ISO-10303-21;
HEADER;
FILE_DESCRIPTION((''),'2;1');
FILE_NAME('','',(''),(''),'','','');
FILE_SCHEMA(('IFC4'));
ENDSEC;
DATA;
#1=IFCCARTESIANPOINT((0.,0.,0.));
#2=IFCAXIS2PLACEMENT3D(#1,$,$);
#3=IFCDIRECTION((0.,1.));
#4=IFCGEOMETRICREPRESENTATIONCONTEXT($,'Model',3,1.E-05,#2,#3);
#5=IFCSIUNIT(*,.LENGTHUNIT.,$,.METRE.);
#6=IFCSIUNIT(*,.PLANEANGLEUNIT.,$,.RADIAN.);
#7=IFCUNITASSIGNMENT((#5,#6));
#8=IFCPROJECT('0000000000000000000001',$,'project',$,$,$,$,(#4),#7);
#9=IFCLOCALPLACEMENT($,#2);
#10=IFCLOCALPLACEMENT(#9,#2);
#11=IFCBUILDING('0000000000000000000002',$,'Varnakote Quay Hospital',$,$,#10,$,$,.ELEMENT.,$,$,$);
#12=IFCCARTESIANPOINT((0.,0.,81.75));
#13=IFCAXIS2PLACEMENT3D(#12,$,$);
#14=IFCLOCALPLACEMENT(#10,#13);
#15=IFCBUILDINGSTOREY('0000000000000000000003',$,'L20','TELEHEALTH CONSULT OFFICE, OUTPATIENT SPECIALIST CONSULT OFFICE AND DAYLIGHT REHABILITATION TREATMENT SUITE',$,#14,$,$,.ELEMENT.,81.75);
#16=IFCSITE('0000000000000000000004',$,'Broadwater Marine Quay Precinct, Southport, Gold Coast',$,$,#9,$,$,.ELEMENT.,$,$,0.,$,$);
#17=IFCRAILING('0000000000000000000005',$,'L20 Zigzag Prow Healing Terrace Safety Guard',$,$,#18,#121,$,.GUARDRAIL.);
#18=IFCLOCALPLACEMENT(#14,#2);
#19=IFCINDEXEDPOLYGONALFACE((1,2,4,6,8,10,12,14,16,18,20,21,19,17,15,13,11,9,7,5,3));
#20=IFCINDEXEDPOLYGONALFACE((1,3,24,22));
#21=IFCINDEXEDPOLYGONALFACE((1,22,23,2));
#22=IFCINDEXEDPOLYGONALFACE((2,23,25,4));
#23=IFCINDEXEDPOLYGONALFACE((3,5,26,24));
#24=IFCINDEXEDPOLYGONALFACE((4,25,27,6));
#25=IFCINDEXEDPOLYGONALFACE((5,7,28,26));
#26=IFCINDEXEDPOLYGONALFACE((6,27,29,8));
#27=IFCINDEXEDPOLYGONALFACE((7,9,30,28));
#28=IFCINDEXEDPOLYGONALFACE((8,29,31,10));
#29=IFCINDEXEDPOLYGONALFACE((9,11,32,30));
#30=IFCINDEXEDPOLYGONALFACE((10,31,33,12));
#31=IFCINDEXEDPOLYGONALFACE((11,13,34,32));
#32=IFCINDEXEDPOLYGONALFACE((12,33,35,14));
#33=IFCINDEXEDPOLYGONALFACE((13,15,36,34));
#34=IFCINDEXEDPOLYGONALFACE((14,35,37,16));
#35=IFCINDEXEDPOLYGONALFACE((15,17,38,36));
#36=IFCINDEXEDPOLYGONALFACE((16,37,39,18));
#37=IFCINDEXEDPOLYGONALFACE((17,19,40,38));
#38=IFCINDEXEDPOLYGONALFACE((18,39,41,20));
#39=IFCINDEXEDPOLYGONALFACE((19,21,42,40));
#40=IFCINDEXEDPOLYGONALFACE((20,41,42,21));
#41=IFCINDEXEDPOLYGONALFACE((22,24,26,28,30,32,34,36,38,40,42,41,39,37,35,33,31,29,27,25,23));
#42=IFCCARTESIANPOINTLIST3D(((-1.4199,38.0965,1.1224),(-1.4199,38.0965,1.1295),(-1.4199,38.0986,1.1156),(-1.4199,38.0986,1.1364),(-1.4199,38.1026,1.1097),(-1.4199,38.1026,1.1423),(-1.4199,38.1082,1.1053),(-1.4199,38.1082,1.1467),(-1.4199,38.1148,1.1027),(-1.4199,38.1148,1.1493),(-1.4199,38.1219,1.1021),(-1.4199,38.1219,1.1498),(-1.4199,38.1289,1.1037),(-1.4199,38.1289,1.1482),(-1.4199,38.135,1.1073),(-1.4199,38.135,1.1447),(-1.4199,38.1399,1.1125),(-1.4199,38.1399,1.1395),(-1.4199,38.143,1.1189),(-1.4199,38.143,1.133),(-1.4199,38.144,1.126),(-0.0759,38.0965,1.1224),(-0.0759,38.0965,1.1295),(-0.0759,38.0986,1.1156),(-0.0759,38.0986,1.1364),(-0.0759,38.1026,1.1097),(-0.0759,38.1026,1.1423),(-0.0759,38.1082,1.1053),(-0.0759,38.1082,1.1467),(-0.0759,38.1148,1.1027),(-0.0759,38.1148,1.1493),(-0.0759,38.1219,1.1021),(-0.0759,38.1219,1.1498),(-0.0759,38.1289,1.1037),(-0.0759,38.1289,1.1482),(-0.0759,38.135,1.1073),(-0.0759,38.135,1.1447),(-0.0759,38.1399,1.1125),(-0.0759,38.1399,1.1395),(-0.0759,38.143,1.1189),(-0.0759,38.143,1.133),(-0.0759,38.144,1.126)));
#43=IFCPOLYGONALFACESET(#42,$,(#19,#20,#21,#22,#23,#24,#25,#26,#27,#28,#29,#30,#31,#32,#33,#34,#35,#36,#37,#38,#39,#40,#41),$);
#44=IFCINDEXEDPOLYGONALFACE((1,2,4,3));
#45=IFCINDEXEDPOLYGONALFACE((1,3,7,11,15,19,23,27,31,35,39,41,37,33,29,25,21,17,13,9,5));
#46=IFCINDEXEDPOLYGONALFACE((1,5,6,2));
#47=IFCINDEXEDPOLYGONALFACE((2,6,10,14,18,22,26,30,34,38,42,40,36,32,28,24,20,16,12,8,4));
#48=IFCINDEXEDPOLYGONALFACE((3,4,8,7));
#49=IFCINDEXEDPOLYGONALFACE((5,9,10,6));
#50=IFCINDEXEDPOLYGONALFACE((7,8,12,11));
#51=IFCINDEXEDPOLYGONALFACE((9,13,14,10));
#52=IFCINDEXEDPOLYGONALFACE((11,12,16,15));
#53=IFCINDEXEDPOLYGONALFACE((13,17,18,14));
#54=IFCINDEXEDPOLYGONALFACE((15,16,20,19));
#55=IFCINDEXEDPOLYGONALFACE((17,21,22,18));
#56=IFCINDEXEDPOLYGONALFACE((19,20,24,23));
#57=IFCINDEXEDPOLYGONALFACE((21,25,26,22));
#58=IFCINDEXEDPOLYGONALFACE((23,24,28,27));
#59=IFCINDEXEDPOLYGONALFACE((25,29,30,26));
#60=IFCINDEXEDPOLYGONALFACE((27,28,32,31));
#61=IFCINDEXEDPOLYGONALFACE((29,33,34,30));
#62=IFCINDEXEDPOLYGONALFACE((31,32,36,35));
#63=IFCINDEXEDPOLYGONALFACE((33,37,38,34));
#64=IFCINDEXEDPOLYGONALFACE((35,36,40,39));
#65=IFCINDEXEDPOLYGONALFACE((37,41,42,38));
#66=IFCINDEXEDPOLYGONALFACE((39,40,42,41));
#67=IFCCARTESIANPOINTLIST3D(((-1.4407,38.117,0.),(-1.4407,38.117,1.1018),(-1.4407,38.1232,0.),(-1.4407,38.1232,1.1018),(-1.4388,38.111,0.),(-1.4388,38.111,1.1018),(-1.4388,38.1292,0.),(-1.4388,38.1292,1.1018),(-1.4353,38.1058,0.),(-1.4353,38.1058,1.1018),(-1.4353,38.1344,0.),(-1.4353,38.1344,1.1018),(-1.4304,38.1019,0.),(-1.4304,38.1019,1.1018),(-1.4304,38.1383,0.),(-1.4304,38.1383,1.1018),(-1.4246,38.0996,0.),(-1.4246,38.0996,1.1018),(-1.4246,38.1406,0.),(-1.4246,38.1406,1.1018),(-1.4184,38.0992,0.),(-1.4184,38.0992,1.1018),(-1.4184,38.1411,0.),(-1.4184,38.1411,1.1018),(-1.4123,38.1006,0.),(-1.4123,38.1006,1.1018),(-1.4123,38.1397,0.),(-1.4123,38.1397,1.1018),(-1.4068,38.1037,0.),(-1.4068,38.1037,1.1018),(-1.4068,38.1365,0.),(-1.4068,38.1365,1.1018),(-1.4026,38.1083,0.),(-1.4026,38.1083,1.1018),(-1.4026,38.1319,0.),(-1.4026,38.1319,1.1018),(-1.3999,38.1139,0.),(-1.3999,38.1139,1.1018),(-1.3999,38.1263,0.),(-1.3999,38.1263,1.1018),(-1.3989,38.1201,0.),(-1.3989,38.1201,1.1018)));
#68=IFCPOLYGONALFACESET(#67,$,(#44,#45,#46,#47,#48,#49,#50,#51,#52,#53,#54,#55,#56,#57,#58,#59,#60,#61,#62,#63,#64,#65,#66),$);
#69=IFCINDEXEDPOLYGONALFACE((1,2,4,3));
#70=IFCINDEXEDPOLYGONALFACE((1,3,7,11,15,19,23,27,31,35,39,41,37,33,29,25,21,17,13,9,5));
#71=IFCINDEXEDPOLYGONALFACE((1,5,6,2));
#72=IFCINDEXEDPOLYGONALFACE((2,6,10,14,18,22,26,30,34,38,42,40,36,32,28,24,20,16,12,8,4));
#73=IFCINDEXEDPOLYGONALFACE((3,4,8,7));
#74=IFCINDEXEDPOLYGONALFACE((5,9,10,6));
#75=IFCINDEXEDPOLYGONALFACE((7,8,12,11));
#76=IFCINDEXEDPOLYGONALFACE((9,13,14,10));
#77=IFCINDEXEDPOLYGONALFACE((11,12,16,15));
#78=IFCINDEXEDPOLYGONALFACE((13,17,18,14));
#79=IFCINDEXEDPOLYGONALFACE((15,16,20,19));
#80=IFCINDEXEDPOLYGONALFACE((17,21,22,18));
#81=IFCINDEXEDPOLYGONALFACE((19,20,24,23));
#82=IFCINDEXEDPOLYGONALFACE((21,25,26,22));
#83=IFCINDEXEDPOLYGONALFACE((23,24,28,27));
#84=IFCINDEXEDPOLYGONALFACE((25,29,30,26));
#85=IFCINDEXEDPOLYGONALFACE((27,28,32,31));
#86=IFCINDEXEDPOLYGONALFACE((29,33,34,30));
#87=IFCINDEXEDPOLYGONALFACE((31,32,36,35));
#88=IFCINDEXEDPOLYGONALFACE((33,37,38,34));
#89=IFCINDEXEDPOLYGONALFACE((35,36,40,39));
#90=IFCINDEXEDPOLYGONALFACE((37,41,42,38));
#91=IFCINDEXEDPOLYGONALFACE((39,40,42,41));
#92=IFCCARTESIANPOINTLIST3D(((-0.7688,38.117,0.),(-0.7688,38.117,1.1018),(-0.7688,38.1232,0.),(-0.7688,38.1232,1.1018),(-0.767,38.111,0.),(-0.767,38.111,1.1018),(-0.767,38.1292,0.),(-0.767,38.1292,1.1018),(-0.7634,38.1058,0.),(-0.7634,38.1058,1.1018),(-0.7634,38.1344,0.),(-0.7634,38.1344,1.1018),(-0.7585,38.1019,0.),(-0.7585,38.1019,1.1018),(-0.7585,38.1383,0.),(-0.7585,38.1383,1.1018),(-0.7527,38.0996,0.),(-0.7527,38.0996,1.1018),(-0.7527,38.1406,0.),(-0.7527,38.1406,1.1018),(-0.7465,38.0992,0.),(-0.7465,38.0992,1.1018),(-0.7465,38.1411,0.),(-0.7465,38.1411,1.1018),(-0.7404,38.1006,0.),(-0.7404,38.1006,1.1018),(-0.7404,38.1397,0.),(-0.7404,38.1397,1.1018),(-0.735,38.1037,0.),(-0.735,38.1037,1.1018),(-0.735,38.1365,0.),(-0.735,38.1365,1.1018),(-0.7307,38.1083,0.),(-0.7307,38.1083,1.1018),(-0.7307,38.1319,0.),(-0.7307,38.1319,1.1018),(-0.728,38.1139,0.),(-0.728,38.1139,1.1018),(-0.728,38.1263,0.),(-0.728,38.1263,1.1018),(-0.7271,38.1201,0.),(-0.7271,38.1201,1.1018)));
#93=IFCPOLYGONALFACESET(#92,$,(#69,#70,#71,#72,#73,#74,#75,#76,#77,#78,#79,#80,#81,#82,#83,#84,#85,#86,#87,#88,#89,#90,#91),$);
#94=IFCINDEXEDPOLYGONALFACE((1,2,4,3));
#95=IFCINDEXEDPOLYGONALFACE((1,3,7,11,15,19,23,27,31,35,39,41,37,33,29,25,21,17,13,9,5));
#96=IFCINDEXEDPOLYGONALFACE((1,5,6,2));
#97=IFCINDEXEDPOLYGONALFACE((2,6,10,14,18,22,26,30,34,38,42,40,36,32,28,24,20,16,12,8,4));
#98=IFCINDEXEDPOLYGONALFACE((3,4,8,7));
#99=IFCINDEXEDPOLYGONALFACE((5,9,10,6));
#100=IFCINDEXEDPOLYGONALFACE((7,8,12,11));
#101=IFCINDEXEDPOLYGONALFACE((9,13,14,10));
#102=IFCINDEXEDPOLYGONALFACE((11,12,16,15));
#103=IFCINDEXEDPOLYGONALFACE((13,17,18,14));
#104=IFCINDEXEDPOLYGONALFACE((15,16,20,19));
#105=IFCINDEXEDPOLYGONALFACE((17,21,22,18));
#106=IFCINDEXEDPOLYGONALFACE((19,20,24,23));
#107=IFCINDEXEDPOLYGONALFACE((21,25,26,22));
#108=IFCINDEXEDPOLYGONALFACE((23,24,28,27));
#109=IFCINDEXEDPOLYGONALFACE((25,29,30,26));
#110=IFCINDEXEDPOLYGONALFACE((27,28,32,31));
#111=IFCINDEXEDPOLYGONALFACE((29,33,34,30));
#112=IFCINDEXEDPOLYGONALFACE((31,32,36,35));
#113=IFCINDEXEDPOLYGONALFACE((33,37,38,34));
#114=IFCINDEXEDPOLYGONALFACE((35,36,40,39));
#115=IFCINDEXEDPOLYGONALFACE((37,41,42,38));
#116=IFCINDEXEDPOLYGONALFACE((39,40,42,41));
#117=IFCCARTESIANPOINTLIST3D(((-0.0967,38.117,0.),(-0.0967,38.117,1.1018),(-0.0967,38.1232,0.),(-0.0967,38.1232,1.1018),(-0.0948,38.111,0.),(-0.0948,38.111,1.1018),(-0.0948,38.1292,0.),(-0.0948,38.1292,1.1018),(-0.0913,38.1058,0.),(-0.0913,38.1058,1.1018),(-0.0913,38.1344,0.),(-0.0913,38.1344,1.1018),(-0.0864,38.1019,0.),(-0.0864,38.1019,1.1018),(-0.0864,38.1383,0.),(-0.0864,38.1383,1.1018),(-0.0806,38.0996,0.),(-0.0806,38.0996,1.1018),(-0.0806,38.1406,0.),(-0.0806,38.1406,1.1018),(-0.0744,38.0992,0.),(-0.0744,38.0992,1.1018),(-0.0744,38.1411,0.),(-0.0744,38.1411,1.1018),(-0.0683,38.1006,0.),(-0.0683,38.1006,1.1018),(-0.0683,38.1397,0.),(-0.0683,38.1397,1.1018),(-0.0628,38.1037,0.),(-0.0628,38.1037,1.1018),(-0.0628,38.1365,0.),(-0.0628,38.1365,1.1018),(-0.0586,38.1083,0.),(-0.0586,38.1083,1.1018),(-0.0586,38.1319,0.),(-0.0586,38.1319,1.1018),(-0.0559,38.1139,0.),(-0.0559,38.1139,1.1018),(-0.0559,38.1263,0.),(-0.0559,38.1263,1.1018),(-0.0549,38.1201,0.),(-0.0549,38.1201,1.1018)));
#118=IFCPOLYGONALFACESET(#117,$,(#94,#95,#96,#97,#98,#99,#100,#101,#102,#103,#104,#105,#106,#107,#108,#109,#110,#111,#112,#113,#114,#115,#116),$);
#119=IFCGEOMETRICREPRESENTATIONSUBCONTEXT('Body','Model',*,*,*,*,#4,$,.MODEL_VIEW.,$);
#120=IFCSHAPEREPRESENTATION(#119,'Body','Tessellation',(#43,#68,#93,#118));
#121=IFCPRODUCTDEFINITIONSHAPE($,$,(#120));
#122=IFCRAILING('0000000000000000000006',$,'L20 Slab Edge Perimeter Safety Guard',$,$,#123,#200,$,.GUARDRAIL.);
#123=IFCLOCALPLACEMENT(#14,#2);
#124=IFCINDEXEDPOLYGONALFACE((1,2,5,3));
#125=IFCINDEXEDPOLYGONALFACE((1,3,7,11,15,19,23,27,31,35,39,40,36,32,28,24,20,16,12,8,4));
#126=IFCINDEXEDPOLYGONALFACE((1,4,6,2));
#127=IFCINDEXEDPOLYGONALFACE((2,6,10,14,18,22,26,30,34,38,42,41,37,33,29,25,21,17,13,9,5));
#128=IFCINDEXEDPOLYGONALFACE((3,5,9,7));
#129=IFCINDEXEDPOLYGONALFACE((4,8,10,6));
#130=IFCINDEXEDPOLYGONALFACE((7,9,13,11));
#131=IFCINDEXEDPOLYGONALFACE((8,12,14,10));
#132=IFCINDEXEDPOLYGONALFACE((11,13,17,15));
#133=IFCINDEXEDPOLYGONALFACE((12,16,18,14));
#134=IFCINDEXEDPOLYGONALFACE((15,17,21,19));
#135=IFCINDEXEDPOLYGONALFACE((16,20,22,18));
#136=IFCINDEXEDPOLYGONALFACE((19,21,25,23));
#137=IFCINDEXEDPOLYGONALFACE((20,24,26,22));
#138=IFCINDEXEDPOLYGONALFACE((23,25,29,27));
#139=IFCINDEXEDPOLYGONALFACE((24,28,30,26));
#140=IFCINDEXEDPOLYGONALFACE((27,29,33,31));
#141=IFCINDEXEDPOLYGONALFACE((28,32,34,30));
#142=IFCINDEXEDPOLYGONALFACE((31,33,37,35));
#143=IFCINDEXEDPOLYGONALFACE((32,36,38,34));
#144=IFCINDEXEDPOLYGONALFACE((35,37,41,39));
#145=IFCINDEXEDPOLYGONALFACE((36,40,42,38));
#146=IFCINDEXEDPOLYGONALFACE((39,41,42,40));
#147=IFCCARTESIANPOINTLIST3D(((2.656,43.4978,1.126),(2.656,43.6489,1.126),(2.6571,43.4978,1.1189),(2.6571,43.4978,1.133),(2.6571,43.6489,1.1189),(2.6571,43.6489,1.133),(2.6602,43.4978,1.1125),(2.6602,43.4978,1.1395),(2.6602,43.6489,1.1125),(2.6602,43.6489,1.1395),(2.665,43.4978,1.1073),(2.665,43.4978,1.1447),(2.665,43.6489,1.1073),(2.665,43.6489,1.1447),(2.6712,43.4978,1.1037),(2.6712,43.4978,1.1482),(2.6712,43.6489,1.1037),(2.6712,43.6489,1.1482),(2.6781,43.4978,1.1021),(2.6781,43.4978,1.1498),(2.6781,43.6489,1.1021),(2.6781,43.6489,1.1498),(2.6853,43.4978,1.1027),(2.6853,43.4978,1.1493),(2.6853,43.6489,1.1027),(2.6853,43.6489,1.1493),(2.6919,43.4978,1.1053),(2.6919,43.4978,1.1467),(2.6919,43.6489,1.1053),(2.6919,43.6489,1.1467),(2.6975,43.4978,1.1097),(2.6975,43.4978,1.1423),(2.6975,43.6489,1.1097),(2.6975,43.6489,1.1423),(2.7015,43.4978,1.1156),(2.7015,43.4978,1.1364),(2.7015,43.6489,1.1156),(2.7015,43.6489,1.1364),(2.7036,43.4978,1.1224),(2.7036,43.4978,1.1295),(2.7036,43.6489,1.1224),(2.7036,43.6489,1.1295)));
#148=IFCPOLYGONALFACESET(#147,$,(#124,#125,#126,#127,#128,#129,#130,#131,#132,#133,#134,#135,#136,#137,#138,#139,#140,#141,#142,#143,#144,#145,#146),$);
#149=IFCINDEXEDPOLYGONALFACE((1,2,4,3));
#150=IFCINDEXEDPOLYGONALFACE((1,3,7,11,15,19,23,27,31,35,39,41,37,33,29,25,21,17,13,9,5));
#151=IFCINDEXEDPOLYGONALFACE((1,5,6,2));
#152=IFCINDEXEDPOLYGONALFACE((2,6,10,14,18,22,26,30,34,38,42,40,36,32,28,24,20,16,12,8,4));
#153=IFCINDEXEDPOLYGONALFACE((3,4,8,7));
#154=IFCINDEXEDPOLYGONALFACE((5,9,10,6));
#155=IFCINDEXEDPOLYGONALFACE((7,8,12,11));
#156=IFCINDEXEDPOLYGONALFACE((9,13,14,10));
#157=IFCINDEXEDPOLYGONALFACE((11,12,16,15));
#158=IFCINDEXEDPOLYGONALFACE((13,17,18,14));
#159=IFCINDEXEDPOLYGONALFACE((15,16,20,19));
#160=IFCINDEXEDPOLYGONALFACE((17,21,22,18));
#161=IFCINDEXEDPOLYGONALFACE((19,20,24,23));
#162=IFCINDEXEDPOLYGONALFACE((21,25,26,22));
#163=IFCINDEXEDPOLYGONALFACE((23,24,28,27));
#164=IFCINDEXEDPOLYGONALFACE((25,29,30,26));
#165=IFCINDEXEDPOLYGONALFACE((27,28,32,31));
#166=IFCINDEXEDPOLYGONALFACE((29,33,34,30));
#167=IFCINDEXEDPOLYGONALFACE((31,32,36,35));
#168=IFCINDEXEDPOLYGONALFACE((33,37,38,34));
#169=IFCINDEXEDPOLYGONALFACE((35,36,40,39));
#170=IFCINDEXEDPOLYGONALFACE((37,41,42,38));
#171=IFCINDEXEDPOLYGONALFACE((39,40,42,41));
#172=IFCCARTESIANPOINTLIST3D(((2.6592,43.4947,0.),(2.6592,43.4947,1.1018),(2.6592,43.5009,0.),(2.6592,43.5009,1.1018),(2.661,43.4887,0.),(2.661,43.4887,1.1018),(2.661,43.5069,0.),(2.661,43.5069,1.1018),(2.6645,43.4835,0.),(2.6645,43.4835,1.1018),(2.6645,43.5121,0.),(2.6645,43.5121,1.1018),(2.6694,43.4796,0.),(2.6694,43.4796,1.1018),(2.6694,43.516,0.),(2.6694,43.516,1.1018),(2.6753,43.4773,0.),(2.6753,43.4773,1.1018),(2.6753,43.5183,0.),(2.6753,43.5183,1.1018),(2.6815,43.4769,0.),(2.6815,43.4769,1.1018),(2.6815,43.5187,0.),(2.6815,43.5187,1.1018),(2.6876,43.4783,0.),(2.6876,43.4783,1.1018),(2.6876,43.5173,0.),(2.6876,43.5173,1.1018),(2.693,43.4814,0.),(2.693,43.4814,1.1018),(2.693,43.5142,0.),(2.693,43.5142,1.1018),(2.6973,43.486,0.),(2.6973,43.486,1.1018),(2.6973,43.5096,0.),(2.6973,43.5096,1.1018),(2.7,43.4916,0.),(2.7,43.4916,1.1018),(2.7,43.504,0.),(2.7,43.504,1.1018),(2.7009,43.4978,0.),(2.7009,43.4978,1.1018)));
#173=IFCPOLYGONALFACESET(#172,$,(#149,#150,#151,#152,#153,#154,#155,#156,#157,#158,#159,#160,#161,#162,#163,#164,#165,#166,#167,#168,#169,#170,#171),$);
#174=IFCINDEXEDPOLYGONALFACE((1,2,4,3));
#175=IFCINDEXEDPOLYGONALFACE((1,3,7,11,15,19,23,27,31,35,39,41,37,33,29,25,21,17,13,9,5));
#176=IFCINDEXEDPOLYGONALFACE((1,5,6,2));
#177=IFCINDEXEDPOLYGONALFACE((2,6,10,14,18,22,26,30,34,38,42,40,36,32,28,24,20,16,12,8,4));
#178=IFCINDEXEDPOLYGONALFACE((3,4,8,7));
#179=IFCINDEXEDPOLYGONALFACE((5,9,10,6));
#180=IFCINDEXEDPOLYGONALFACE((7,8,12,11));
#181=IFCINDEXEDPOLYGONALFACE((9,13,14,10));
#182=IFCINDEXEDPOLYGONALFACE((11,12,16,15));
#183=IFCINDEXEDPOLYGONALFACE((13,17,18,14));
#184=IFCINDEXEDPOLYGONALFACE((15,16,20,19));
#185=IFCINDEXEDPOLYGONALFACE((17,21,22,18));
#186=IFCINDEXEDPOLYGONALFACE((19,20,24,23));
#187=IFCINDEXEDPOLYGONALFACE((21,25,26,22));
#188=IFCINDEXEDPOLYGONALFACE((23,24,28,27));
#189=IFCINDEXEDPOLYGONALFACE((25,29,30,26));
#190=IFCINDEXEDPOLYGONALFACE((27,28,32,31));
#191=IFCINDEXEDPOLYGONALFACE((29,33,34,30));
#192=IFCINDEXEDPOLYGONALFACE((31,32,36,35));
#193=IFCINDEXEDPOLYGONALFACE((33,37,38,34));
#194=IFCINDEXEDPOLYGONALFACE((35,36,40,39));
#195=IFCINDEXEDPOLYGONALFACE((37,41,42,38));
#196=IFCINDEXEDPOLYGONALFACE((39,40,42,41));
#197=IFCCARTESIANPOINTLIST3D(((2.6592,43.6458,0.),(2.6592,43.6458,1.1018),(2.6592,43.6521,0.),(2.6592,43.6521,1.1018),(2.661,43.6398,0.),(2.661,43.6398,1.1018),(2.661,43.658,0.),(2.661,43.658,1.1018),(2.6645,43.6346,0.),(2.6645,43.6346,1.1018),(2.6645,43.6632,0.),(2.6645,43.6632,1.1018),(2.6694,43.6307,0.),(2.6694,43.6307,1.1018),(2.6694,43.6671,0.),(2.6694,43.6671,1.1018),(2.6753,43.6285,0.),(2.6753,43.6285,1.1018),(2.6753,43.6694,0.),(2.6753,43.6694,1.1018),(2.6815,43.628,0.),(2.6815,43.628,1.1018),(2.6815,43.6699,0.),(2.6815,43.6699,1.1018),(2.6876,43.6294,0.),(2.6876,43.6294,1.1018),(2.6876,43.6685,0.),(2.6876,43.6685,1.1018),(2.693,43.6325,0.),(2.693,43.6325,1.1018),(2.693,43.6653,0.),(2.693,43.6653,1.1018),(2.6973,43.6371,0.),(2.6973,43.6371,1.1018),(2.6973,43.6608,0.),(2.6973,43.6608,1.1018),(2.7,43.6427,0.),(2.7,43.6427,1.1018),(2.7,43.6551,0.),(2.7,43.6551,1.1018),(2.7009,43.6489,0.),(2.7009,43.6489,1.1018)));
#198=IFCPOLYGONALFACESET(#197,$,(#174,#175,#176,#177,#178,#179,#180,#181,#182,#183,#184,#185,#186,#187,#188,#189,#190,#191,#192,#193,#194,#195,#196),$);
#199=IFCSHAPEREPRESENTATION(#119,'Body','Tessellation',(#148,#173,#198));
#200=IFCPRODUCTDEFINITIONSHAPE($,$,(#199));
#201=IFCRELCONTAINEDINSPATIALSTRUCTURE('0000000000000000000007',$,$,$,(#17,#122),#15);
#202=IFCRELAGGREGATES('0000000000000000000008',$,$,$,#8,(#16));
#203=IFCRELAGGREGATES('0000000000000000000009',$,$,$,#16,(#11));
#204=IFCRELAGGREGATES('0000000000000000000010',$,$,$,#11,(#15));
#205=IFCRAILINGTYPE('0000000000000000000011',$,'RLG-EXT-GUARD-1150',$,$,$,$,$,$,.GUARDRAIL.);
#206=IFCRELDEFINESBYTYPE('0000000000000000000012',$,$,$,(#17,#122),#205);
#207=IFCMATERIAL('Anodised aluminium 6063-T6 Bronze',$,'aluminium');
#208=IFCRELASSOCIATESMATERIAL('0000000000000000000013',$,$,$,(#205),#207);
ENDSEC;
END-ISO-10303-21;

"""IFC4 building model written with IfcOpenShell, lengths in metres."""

from ifc_helpers import new_model, si_unit, direction, frame, origin, origin_2d, place, context, subcontext, project, spatial, circle, extrude, material, type_object, element, save


model = new_model("IFC4")

# Units and contexts
model_context = context("Model", 3, precision=1e-05, world=origin(), true_north=direction((0.0, 1.0)))
body_context = subcontext(model_context, "Body", "Model", "MODEL_VIEW")
ifc_project = project(units=[si_unit("LENGTHUNIT", "METRE"), si_unit("PLANEANGLEUNIT", "RADIAN")], contexts=[model_context])

# Site, building, storey
site_placement = place(None, origin())
site = spatial("IfcSite", under=ifc_project, at=site_placement, Name="Broadwater Marine Quay Precinct, Southport, Gold Coast", CompositionType="ELEMENT", RefElevation=0.0)
building_placement = place(site_placement, origin())
building = spatial("IfcBuilding", under=site, at=building_placement, Name="Varnakote Quay Hospital", CompositionType="ELEMENT")
storey_placement = place(building_placement, frame((0.0, 0.0, 81.75)))
storey = spatial("IfcBuildingStorey", under=building, at=storey_placement, Name="L20", Description="TELEHEALTH CONSULT OFFICE, OUTPATIENT SPECIALIST CONSULT OFFICE AND DAYLIGHT REHABILITATION TREATMENT SUITE", CompositionType="ELEMENT", Elevation=81.75)

# Railings
ifc_material_1 = material(Name="Anodised aluminium 6063-T6 Bronze", Category="aluminium")
railing_type = type_object("IfcRailingType", Name="RLG-EXT-GUARD-1150", PredefinedType="GUARDRAIL", material=ifc_material_1)
railing_1_placement = place(storey_placement, frame((-1.4199, 38.1201, 0.0)))
element("IfcRailing", 1, at=railing_1_placement, inside=storey, type_object=railing_type, Name="L20 Zigzag Prow Healing Terrace Safety Guard", PredefinedType="GUARDRAIL", context=body_context, shape_type="SweptSolid", body=[
    extrude(circle(Radius=0.0239, at=origin_2d()), frame((0.0, 0.0, 1.126), z_axis=(1.0, 0.0, 0.0), x_axis=(0.0, 1.0, 0.0)), (0.0, 0.0, 1.0), 1.344),
    extrude(circle(Radius=0.021, at=origin_2d()), origin(), (0.0, 0.0, 1.0), 1.1018),
    extrude(circle(Radius=0.021, at=origin_2d()), frame((0.6719, 0.0, 0.0)), (0.0, 0.0, 1.0), 1.1018),
    extrude(circle(Radius=0.021, at=origin_2d()), frame((1.344, 0.0, 0.0)), (0.0, 0.0, 1.0), 1.1018),
])
railing_2_placement = place(storey_placement, frame((2.6799, 43.4978, 0.0)))
element("IfcRailing", 2, at=railing_2_placement, inside=storey, type_object=railing_type, Name="L20 Slab Edge Perimeter Safety Guard", PredefinedType="GUARDRAIL", context=body_context, shape_type="SweptSolid", body=[
    extrude(circle(Radius=0.0239, at=origin_2d()), frame((0.0, 0.0, 1.126), z_axis=(0.0, 1.0, 0.0), x_axis=(-1.0, 0.0, 0.0)), (0.0, 0.0, 1.0), 0.1511),
    extrude(circle(Radius=0.021, at=origin_2d()), origin(), (0.0, 0.0, 1.0), 1.1018),
    extrude(circle(Radius=0.021, at=origin_2d()), frame((0.0, 0.1511, 0.0)), (0.0, 0.0, 1.0), 1.1018),
])

save(model, "model.ifc")
